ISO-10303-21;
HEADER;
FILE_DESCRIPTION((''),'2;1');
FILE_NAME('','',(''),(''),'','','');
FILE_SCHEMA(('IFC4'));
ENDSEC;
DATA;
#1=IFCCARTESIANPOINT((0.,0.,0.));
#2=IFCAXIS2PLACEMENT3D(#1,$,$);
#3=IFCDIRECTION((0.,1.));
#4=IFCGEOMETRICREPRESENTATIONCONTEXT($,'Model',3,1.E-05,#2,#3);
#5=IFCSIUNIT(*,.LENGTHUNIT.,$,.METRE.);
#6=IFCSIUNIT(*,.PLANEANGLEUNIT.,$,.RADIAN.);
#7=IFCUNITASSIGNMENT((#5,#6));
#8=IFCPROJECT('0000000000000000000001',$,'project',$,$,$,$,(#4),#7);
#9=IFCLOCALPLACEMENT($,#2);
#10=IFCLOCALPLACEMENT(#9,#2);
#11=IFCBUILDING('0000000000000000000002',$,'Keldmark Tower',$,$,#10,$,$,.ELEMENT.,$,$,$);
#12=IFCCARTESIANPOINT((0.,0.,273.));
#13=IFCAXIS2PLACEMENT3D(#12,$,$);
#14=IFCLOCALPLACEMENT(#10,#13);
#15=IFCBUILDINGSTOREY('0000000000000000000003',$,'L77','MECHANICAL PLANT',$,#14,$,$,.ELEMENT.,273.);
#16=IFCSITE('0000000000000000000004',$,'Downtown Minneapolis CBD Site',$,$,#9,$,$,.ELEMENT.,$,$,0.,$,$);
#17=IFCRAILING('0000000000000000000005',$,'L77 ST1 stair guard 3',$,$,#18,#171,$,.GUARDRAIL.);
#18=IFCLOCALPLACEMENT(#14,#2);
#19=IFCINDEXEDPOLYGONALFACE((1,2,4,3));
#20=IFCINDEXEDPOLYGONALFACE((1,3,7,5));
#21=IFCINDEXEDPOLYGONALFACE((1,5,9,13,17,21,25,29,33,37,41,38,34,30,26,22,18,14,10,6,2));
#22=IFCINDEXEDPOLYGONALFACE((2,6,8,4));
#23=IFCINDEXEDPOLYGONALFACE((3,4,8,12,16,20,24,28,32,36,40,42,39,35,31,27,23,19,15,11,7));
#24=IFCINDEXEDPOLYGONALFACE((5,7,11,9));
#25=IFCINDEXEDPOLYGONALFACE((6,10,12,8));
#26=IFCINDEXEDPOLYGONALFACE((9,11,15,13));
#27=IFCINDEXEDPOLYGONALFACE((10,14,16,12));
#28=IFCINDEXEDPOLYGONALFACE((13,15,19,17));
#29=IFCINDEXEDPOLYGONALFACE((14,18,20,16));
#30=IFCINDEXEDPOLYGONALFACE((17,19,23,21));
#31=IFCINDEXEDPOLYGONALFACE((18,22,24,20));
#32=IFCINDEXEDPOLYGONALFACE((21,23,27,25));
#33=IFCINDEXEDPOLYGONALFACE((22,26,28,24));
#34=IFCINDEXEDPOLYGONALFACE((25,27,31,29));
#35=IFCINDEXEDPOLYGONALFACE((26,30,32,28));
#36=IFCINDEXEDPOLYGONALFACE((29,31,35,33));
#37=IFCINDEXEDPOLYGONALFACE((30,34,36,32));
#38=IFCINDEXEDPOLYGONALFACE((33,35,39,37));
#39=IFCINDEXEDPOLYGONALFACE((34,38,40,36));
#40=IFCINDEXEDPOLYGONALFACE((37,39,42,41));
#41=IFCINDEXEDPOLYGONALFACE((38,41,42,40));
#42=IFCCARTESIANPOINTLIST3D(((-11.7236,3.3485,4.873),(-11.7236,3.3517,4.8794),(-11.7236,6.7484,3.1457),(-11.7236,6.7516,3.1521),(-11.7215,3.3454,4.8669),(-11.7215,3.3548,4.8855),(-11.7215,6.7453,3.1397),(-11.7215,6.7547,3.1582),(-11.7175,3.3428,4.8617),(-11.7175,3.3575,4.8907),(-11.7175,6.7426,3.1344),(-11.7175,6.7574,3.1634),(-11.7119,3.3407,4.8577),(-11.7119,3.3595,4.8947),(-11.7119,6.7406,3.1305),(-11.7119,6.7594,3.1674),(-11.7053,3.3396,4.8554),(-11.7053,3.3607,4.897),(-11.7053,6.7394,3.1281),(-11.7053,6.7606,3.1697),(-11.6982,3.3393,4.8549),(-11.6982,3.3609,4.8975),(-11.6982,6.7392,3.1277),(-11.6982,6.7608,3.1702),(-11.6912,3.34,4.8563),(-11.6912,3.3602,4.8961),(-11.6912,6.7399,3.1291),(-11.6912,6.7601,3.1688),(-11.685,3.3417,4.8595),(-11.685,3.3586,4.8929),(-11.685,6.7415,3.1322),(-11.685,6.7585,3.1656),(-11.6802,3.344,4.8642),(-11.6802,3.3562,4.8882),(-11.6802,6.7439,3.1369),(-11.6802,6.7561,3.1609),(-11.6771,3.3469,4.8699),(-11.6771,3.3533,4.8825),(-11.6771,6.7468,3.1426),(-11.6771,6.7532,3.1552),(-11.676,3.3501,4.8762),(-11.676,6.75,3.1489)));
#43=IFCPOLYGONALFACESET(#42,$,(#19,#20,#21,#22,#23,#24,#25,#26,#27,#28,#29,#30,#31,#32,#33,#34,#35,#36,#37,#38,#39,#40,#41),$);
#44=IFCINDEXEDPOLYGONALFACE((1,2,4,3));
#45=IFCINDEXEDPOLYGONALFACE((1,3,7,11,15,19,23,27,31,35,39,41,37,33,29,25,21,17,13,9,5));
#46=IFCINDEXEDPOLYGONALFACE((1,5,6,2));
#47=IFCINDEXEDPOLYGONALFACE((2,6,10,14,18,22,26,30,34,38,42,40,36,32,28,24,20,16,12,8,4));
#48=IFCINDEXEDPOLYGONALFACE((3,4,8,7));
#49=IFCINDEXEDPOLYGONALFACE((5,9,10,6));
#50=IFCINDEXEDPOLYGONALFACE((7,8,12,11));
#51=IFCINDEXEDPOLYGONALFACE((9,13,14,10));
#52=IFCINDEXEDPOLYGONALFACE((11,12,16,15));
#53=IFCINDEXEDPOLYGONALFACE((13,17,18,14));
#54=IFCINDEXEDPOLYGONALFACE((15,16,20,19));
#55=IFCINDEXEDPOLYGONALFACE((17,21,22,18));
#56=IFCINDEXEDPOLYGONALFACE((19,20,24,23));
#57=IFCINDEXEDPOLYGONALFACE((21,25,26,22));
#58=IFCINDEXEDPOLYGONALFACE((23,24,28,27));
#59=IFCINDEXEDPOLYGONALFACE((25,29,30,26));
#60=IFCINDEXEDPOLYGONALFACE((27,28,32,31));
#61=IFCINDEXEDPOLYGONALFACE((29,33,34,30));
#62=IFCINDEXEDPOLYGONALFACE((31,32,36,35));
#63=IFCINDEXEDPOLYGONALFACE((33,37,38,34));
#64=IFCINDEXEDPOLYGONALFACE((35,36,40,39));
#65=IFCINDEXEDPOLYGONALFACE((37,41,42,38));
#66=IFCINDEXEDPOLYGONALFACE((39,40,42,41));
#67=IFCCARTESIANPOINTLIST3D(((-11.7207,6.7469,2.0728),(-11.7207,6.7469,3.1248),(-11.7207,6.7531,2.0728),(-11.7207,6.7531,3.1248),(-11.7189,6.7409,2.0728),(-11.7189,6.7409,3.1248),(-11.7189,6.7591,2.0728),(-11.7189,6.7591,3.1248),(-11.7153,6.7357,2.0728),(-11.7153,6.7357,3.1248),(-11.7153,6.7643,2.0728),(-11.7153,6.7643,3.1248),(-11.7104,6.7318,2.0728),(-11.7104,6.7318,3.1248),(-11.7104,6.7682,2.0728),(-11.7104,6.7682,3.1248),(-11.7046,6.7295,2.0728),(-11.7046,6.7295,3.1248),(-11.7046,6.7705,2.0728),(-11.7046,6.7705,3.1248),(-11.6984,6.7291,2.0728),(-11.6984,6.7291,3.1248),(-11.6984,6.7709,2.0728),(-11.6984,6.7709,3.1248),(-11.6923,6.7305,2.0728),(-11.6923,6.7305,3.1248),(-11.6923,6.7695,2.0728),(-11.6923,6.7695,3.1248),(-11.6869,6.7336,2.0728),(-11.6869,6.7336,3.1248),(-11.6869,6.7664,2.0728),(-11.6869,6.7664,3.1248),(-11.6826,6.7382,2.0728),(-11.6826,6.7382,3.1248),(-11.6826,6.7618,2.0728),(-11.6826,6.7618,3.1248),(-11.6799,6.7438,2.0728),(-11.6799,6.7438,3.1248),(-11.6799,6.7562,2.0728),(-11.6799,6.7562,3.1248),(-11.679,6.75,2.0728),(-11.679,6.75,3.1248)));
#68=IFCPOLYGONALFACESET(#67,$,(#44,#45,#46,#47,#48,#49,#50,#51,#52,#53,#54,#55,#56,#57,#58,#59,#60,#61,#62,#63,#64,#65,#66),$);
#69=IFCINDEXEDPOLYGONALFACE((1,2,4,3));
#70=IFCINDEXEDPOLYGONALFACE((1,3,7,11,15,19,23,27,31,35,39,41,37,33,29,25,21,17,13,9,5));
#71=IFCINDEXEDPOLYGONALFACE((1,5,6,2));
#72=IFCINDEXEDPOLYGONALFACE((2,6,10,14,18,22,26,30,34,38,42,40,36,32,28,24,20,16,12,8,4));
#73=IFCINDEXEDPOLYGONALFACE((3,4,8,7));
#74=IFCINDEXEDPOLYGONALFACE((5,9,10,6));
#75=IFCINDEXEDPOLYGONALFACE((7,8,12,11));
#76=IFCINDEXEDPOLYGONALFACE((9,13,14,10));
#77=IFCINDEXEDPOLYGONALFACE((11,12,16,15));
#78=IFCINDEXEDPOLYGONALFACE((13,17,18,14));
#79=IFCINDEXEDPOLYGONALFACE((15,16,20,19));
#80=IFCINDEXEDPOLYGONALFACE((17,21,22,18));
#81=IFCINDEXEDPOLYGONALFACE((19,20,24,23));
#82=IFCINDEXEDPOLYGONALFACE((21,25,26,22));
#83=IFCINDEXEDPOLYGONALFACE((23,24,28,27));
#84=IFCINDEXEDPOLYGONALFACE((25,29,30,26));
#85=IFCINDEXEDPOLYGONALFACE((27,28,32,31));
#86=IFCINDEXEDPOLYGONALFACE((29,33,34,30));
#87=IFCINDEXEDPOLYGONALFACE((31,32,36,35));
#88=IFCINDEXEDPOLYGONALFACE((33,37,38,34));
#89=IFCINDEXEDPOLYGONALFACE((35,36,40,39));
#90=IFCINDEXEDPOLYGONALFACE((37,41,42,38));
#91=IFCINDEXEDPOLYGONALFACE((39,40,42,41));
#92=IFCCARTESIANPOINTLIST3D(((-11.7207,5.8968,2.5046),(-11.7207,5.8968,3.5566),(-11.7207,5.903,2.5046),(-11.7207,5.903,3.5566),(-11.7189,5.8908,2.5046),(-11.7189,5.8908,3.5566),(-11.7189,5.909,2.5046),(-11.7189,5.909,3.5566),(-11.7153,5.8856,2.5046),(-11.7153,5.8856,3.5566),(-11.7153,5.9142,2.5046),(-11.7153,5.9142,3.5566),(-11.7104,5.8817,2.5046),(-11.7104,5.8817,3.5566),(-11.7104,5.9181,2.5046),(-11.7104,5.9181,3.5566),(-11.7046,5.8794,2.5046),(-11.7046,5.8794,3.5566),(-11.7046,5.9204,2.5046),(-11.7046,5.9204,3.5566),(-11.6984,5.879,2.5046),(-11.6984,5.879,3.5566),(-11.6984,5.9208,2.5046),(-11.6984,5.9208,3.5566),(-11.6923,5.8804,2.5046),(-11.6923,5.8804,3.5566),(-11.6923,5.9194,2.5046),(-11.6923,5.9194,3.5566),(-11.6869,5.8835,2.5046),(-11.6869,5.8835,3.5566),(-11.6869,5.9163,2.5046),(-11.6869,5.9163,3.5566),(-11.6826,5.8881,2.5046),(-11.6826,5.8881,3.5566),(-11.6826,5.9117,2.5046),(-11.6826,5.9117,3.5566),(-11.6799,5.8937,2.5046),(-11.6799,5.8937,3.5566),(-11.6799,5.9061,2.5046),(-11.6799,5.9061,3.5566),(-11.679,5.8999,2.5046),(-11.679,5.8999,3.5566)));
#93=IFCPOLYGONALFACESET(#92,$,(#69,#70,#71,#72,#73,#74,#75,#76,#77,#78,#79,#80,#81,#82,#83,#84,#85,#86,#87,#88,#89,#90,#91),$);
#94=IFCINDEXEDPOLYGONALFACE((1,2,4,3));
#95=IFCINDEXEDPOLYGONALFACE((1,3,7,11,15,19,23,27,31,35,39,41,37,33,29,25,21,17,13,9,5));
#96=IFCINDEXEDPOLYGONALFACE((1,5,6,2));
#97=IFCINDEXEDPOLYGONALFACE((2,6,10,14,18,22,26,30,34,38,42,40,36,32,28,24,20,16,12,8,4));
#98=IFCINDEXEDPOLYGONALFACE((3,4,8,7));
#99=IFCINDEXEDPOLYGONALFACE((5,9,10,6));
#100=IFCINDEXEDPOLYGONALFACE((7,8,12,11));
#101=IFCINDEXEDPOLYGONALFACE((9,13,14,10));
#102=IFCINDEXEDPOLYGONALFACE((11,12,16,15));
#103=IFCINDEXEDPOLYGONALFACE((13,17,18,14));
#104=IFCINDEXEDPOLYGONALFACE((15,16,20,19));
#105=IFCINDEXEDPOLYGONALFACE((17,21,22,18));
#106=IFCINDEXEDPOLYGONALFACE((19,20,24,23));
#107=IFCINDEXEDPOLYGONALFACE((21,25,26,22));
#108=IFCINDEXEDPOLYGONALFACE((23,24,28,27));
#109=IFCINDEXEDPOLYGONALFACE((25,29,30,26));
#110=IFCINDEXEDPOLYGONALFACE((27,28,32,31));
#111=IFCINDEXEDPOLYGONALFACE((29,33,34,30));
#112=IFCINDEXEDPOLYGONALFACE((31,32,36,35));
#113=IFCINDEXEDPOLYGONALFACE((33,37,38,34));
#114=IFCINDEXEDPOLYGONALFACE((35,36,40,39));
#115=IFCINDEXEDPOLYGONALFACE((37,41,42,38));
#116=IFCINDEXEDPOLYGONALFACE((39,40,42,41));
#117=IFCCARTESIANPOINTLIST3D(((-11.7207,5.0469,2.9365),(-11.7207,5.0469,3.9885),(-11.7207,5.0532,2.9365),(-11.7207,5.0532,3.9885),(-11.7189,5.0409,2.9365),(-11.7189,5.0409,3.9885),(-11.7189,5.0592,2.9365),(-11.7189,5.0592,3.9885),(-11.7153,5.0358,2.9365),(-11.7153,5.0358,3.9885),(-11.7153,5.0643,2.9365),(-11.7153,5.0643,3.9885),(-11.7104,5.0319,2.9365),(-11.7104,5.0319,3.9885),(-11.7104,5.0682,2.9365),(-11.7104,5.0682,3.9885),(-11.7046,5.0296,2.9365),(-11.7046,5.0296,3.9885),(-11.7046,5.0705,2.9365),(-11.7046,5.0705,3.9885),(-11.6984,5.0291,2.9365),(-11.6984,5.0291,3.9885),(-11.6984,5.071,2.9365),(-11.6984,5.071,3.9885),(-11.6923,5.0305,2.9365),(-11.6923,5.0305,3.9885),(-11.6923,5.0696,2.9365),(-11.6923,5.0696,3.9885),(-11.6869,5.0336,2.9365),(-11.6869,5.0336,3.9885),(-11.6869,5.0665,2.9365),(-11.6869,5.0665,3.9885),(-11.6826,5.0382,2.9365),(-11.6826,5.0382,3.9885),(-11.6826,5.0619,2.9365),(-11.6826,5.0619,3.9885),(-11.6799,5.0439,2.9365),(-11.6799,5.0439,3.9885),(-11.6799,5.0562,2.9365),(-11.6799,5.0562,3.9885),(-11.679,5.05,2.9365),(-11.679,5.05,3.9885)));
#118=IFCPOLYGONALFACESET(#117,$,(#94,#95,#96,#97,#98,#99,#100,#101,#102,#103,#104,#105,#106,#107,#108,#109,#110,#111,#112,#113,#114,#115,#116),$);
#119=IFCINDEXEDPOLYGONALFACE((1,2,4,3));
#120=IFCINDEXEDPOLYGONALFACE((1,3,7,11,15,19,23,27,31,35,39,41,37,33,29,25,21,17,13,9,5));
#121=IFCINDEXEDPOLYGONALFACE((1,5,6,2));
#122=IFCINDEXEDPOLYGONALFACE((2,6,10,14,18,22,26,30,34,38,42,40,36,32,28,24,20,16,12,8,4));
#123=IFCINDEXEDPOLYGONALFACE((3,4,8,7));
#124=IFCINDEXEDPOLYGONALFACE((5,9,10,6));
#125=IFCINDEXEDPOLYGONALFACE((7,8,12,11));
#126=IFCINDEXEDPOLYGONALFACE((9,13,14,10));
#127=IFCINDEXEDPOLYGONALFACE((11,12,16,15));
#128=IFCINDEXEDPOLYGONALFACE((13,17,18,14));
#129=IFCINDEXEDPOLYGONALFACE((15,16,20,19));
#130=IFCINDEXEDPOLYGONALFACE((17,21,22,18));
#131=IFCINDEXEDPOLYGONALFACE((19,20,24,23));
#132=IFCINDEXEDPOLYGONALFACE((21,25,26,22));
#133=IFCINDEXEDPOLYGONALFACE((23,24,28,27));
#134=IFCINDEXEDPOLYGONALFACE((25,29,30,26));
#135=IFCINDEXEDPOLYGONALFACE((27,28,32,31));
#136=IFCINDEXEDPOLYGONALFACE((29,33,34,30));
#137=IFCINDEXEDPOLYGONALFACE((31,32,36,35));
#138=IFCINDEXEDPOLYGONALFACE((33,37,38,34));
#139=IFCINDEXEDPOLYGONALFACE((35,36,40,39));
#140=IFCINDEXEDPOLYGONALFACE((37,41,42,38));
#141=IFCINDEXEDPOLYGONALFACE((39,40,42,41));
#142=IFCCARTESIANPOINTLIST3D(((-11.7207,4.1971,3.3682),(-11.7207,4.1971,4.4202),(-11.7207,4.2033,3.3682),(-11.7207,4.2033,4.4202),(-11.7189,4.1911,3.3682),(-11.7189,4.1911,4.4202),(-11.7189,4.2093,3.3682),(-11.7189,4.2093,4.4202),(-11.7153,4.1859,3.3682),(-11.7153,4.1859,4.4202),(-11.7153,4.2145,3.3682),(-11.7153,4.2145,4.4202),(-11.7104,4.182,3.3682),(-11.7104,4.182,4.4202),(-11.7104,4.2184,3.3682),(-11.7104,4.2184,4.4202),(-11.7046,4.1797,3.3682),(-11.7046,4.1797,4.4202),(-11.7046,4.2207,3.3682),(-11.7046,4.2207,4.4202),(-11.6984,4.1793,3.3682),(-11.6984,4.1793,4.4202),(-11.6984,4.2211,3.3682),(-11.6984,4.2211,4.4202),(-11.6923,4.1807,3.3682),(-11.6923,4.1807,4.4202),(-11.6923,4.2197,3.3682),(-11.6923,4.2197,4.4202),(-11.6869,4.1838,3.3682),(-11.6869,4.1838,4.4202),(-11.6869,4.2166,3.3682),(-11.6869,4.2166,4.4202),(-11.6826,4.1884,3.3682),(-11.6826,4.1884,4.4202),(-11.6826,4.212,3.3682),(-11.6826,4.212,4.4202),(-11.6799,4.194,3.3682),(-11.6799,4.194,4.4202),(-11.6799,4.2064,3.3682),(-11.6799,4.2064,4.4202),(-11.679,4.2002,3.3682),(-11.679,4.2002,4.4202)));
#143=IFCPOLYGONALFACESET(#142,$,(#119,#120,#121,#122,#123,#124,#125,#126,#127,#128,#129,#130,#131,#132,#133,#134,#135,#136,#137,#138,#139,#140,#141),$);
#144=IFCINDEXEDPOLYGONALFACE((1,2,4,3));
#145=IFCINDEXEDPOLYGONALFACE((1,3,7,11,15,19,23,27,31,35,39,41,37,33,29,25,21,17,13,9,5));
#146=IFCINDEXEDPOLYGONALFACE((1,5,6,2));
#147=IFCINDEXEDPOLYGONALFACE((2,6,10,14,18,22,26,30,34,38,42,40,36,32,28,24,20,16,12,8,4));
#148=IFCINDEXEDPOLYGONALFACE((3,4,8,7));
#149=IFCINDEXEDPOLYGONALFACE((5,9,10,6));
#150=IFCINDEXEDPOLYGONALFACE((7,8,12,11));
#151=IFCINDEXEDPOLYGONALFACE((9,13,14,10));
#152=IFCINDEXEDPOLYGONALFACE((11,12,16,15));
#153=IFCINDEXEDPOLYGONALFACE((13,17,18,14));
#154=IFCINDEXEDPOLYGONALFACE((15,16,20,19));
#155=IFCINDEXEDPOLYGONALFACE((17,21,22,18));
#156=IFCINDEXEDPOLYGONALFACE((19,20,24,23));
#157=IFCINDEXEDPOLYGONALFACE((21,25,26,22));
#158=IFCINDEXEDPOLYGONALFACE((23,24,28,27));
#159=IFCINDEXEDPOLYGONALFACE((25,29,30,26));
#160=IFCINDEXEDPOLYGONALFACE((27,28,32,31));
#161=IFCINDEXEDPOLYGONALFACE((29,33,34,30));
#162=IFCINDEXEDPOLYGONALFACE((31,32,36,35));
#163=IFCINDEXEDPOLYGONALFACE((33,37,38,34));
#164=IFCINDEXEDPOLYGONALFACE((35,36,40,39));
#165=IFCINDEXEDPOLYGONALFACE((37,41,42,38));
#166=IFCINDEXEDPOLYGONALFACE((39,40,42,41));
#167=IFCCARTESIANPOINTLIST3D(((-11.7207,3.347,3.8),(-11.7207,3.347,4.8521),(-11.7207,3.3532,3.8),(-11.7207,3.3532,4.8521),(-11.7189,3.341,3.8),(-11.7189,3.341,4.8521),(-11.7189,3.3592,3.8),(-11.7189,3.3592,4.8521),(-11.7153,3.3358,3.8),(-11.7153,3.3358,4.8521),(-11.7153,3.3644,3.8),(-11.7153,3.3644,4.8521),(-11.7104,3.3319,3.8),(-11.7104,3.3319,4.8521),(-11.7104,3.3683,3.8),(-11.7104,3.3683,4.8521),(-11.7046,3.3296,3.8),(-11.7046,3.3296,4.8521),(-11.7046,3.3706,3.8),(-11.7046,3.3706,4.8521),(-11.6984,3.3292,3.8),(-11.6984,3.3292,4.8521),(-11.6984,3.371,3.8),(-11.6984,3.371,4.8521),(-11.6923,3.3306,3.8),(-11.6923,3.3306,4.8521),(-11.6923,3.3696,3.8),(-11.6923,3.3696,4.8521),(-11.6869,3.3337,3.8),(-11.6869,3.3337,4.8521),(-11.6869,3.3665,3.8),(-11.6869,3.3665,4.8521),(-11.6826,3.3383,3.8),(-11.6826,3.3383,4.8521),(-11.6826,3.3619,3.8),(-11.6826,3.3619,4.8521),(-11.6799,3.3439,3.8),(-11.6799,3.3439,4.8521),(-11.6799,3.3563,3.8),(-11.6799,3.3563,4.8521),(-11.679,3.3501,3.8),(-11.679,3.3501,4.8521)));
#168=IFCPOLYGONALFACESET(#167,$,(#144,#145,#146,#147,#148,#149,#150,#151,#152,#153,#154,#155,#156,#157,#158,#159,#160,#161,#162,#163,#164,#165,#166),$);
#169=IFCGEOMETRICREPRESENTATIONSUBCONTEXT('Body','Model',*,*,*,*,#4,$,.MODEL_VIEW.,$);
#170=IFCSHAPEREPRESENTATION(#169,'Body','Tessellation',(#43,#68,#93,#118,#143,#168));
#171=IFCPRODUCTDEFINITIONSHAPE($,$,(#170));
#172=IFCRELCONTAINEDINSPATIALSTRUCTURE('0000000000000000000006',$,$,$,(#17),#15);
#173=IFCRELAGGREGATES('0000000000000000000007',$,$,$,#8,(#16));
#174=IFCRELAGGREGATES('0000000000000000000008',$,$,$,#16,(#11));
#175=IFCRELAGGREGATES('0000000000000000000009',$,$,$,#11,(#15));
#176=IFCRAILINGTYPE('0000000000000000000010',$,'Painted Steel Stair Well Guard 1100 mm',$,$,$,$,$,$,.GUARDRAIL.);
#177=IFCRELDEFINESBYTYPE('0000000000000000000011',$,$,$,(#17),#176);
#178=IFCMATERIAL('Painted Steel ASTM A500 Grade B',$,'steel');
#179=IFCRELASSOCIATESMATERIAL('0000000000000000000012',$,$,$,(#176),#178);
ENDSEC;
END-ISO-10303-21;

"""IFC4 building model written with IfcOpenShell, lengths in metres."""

from ifc_helpers import new_model, si_unit, direction, frame, origin, origin_2d, place, context, subcontext, project, spatial, circle, extrude, material, type_object, element, save


model = new_model("IFC4")

# Units and contexts
model_context = context("Model", 3, precision=1e-05, world=origin(), true_north=direction((0.0, 1.0)))
body_context = subcontext(model_context, "Body", "Model", "MODEL_VIEW")
ifc_project = project(units=[si_unit("LENGTHUNIT", "METRE"), si_unit("PLANEANGLEUNIT", "RADIAN")], contexts=[model_context])

# Site, building, storey
site_placement = place(None, origin())
site = spatial("IfcSite", under=ifc_project, at=site_placement, Name="Downtown Minneapolis CBD Site", CompositionType="ELEMENT", RefElevation=0.0)
building_placement = place(site_placement, origin())
building = spatial("IfcBuilding", under=site, at=building_placement, Name="Keldmark Tower", CompositionType="ELEMENT")
storey_placement = place(building_placement, frame((0.0, 0.0, 273.0)))
storey = spatial("IfcBuildingStorey", under=building, at=storey_placement, Name="L77", Description="MECHANICAL PLANT", CompositionType="ELEMENT", Elevation=273.0)

# Railing
ifc_material_1 = material(Name="Painted Steel ASTM A500 Grade B", Category="steel")
railing_type_1 = type_object("IfcRailingType", Name="Painted Steel Stair Well Guard 1100 mm", PredefinedType="GUARDRAIL", material=ifc_material_1)
railing_1_placement = place(storey_placement, frame((-11.7, 6.75, 2.0728)))
element("IfcRailing", 1, at=railing_1_placement, inside=storey, type_object=railing_type_1, Name="L77 ST1 stair guard 3", PredefinedType="GUARDRAIL", context=body_context, shape_type="SweptSolid", body=[
    extrude(circle(Radius=0.0239, at=origin_2d()), frame((0.0, 0.0, 1.0762), z_axis=(0.0, -0.891541, 0.452941), x_axis=(1.0, 0.0, 0.0)), (0.0, 0.0, 1.0), 3.8135),
    extrude(circle(Radius=0.021, at=origin_2d()), origin(), (0.0, 0.0, 1.0), 1.052),
    extrude(circle(Radius=0.021, at=origin_2d()), frame((0.0, -0.8501, 0.4319)), (0.0, 0.0, 1.0), 1.052),
    extrude(circle(Radius=0.021, at=origin_2d()), frame((0.0, -1.7, 0.8638)), (0.0, 0.0, 1.0), 1.052),
    extrude(circle(Radius=0.021, at=origin_2d()), frame((0.0, -2.5498, 1.2954)), (0.0, 0.0, 1.0), 1.052),
    extrude(circle(Radius=0.021, at=origin_2d()), frame((0.0, -3.3999, 1.7273)), (0.0, 0.0, 1.0), 1.052),
])

save(model, "model.ifc")
